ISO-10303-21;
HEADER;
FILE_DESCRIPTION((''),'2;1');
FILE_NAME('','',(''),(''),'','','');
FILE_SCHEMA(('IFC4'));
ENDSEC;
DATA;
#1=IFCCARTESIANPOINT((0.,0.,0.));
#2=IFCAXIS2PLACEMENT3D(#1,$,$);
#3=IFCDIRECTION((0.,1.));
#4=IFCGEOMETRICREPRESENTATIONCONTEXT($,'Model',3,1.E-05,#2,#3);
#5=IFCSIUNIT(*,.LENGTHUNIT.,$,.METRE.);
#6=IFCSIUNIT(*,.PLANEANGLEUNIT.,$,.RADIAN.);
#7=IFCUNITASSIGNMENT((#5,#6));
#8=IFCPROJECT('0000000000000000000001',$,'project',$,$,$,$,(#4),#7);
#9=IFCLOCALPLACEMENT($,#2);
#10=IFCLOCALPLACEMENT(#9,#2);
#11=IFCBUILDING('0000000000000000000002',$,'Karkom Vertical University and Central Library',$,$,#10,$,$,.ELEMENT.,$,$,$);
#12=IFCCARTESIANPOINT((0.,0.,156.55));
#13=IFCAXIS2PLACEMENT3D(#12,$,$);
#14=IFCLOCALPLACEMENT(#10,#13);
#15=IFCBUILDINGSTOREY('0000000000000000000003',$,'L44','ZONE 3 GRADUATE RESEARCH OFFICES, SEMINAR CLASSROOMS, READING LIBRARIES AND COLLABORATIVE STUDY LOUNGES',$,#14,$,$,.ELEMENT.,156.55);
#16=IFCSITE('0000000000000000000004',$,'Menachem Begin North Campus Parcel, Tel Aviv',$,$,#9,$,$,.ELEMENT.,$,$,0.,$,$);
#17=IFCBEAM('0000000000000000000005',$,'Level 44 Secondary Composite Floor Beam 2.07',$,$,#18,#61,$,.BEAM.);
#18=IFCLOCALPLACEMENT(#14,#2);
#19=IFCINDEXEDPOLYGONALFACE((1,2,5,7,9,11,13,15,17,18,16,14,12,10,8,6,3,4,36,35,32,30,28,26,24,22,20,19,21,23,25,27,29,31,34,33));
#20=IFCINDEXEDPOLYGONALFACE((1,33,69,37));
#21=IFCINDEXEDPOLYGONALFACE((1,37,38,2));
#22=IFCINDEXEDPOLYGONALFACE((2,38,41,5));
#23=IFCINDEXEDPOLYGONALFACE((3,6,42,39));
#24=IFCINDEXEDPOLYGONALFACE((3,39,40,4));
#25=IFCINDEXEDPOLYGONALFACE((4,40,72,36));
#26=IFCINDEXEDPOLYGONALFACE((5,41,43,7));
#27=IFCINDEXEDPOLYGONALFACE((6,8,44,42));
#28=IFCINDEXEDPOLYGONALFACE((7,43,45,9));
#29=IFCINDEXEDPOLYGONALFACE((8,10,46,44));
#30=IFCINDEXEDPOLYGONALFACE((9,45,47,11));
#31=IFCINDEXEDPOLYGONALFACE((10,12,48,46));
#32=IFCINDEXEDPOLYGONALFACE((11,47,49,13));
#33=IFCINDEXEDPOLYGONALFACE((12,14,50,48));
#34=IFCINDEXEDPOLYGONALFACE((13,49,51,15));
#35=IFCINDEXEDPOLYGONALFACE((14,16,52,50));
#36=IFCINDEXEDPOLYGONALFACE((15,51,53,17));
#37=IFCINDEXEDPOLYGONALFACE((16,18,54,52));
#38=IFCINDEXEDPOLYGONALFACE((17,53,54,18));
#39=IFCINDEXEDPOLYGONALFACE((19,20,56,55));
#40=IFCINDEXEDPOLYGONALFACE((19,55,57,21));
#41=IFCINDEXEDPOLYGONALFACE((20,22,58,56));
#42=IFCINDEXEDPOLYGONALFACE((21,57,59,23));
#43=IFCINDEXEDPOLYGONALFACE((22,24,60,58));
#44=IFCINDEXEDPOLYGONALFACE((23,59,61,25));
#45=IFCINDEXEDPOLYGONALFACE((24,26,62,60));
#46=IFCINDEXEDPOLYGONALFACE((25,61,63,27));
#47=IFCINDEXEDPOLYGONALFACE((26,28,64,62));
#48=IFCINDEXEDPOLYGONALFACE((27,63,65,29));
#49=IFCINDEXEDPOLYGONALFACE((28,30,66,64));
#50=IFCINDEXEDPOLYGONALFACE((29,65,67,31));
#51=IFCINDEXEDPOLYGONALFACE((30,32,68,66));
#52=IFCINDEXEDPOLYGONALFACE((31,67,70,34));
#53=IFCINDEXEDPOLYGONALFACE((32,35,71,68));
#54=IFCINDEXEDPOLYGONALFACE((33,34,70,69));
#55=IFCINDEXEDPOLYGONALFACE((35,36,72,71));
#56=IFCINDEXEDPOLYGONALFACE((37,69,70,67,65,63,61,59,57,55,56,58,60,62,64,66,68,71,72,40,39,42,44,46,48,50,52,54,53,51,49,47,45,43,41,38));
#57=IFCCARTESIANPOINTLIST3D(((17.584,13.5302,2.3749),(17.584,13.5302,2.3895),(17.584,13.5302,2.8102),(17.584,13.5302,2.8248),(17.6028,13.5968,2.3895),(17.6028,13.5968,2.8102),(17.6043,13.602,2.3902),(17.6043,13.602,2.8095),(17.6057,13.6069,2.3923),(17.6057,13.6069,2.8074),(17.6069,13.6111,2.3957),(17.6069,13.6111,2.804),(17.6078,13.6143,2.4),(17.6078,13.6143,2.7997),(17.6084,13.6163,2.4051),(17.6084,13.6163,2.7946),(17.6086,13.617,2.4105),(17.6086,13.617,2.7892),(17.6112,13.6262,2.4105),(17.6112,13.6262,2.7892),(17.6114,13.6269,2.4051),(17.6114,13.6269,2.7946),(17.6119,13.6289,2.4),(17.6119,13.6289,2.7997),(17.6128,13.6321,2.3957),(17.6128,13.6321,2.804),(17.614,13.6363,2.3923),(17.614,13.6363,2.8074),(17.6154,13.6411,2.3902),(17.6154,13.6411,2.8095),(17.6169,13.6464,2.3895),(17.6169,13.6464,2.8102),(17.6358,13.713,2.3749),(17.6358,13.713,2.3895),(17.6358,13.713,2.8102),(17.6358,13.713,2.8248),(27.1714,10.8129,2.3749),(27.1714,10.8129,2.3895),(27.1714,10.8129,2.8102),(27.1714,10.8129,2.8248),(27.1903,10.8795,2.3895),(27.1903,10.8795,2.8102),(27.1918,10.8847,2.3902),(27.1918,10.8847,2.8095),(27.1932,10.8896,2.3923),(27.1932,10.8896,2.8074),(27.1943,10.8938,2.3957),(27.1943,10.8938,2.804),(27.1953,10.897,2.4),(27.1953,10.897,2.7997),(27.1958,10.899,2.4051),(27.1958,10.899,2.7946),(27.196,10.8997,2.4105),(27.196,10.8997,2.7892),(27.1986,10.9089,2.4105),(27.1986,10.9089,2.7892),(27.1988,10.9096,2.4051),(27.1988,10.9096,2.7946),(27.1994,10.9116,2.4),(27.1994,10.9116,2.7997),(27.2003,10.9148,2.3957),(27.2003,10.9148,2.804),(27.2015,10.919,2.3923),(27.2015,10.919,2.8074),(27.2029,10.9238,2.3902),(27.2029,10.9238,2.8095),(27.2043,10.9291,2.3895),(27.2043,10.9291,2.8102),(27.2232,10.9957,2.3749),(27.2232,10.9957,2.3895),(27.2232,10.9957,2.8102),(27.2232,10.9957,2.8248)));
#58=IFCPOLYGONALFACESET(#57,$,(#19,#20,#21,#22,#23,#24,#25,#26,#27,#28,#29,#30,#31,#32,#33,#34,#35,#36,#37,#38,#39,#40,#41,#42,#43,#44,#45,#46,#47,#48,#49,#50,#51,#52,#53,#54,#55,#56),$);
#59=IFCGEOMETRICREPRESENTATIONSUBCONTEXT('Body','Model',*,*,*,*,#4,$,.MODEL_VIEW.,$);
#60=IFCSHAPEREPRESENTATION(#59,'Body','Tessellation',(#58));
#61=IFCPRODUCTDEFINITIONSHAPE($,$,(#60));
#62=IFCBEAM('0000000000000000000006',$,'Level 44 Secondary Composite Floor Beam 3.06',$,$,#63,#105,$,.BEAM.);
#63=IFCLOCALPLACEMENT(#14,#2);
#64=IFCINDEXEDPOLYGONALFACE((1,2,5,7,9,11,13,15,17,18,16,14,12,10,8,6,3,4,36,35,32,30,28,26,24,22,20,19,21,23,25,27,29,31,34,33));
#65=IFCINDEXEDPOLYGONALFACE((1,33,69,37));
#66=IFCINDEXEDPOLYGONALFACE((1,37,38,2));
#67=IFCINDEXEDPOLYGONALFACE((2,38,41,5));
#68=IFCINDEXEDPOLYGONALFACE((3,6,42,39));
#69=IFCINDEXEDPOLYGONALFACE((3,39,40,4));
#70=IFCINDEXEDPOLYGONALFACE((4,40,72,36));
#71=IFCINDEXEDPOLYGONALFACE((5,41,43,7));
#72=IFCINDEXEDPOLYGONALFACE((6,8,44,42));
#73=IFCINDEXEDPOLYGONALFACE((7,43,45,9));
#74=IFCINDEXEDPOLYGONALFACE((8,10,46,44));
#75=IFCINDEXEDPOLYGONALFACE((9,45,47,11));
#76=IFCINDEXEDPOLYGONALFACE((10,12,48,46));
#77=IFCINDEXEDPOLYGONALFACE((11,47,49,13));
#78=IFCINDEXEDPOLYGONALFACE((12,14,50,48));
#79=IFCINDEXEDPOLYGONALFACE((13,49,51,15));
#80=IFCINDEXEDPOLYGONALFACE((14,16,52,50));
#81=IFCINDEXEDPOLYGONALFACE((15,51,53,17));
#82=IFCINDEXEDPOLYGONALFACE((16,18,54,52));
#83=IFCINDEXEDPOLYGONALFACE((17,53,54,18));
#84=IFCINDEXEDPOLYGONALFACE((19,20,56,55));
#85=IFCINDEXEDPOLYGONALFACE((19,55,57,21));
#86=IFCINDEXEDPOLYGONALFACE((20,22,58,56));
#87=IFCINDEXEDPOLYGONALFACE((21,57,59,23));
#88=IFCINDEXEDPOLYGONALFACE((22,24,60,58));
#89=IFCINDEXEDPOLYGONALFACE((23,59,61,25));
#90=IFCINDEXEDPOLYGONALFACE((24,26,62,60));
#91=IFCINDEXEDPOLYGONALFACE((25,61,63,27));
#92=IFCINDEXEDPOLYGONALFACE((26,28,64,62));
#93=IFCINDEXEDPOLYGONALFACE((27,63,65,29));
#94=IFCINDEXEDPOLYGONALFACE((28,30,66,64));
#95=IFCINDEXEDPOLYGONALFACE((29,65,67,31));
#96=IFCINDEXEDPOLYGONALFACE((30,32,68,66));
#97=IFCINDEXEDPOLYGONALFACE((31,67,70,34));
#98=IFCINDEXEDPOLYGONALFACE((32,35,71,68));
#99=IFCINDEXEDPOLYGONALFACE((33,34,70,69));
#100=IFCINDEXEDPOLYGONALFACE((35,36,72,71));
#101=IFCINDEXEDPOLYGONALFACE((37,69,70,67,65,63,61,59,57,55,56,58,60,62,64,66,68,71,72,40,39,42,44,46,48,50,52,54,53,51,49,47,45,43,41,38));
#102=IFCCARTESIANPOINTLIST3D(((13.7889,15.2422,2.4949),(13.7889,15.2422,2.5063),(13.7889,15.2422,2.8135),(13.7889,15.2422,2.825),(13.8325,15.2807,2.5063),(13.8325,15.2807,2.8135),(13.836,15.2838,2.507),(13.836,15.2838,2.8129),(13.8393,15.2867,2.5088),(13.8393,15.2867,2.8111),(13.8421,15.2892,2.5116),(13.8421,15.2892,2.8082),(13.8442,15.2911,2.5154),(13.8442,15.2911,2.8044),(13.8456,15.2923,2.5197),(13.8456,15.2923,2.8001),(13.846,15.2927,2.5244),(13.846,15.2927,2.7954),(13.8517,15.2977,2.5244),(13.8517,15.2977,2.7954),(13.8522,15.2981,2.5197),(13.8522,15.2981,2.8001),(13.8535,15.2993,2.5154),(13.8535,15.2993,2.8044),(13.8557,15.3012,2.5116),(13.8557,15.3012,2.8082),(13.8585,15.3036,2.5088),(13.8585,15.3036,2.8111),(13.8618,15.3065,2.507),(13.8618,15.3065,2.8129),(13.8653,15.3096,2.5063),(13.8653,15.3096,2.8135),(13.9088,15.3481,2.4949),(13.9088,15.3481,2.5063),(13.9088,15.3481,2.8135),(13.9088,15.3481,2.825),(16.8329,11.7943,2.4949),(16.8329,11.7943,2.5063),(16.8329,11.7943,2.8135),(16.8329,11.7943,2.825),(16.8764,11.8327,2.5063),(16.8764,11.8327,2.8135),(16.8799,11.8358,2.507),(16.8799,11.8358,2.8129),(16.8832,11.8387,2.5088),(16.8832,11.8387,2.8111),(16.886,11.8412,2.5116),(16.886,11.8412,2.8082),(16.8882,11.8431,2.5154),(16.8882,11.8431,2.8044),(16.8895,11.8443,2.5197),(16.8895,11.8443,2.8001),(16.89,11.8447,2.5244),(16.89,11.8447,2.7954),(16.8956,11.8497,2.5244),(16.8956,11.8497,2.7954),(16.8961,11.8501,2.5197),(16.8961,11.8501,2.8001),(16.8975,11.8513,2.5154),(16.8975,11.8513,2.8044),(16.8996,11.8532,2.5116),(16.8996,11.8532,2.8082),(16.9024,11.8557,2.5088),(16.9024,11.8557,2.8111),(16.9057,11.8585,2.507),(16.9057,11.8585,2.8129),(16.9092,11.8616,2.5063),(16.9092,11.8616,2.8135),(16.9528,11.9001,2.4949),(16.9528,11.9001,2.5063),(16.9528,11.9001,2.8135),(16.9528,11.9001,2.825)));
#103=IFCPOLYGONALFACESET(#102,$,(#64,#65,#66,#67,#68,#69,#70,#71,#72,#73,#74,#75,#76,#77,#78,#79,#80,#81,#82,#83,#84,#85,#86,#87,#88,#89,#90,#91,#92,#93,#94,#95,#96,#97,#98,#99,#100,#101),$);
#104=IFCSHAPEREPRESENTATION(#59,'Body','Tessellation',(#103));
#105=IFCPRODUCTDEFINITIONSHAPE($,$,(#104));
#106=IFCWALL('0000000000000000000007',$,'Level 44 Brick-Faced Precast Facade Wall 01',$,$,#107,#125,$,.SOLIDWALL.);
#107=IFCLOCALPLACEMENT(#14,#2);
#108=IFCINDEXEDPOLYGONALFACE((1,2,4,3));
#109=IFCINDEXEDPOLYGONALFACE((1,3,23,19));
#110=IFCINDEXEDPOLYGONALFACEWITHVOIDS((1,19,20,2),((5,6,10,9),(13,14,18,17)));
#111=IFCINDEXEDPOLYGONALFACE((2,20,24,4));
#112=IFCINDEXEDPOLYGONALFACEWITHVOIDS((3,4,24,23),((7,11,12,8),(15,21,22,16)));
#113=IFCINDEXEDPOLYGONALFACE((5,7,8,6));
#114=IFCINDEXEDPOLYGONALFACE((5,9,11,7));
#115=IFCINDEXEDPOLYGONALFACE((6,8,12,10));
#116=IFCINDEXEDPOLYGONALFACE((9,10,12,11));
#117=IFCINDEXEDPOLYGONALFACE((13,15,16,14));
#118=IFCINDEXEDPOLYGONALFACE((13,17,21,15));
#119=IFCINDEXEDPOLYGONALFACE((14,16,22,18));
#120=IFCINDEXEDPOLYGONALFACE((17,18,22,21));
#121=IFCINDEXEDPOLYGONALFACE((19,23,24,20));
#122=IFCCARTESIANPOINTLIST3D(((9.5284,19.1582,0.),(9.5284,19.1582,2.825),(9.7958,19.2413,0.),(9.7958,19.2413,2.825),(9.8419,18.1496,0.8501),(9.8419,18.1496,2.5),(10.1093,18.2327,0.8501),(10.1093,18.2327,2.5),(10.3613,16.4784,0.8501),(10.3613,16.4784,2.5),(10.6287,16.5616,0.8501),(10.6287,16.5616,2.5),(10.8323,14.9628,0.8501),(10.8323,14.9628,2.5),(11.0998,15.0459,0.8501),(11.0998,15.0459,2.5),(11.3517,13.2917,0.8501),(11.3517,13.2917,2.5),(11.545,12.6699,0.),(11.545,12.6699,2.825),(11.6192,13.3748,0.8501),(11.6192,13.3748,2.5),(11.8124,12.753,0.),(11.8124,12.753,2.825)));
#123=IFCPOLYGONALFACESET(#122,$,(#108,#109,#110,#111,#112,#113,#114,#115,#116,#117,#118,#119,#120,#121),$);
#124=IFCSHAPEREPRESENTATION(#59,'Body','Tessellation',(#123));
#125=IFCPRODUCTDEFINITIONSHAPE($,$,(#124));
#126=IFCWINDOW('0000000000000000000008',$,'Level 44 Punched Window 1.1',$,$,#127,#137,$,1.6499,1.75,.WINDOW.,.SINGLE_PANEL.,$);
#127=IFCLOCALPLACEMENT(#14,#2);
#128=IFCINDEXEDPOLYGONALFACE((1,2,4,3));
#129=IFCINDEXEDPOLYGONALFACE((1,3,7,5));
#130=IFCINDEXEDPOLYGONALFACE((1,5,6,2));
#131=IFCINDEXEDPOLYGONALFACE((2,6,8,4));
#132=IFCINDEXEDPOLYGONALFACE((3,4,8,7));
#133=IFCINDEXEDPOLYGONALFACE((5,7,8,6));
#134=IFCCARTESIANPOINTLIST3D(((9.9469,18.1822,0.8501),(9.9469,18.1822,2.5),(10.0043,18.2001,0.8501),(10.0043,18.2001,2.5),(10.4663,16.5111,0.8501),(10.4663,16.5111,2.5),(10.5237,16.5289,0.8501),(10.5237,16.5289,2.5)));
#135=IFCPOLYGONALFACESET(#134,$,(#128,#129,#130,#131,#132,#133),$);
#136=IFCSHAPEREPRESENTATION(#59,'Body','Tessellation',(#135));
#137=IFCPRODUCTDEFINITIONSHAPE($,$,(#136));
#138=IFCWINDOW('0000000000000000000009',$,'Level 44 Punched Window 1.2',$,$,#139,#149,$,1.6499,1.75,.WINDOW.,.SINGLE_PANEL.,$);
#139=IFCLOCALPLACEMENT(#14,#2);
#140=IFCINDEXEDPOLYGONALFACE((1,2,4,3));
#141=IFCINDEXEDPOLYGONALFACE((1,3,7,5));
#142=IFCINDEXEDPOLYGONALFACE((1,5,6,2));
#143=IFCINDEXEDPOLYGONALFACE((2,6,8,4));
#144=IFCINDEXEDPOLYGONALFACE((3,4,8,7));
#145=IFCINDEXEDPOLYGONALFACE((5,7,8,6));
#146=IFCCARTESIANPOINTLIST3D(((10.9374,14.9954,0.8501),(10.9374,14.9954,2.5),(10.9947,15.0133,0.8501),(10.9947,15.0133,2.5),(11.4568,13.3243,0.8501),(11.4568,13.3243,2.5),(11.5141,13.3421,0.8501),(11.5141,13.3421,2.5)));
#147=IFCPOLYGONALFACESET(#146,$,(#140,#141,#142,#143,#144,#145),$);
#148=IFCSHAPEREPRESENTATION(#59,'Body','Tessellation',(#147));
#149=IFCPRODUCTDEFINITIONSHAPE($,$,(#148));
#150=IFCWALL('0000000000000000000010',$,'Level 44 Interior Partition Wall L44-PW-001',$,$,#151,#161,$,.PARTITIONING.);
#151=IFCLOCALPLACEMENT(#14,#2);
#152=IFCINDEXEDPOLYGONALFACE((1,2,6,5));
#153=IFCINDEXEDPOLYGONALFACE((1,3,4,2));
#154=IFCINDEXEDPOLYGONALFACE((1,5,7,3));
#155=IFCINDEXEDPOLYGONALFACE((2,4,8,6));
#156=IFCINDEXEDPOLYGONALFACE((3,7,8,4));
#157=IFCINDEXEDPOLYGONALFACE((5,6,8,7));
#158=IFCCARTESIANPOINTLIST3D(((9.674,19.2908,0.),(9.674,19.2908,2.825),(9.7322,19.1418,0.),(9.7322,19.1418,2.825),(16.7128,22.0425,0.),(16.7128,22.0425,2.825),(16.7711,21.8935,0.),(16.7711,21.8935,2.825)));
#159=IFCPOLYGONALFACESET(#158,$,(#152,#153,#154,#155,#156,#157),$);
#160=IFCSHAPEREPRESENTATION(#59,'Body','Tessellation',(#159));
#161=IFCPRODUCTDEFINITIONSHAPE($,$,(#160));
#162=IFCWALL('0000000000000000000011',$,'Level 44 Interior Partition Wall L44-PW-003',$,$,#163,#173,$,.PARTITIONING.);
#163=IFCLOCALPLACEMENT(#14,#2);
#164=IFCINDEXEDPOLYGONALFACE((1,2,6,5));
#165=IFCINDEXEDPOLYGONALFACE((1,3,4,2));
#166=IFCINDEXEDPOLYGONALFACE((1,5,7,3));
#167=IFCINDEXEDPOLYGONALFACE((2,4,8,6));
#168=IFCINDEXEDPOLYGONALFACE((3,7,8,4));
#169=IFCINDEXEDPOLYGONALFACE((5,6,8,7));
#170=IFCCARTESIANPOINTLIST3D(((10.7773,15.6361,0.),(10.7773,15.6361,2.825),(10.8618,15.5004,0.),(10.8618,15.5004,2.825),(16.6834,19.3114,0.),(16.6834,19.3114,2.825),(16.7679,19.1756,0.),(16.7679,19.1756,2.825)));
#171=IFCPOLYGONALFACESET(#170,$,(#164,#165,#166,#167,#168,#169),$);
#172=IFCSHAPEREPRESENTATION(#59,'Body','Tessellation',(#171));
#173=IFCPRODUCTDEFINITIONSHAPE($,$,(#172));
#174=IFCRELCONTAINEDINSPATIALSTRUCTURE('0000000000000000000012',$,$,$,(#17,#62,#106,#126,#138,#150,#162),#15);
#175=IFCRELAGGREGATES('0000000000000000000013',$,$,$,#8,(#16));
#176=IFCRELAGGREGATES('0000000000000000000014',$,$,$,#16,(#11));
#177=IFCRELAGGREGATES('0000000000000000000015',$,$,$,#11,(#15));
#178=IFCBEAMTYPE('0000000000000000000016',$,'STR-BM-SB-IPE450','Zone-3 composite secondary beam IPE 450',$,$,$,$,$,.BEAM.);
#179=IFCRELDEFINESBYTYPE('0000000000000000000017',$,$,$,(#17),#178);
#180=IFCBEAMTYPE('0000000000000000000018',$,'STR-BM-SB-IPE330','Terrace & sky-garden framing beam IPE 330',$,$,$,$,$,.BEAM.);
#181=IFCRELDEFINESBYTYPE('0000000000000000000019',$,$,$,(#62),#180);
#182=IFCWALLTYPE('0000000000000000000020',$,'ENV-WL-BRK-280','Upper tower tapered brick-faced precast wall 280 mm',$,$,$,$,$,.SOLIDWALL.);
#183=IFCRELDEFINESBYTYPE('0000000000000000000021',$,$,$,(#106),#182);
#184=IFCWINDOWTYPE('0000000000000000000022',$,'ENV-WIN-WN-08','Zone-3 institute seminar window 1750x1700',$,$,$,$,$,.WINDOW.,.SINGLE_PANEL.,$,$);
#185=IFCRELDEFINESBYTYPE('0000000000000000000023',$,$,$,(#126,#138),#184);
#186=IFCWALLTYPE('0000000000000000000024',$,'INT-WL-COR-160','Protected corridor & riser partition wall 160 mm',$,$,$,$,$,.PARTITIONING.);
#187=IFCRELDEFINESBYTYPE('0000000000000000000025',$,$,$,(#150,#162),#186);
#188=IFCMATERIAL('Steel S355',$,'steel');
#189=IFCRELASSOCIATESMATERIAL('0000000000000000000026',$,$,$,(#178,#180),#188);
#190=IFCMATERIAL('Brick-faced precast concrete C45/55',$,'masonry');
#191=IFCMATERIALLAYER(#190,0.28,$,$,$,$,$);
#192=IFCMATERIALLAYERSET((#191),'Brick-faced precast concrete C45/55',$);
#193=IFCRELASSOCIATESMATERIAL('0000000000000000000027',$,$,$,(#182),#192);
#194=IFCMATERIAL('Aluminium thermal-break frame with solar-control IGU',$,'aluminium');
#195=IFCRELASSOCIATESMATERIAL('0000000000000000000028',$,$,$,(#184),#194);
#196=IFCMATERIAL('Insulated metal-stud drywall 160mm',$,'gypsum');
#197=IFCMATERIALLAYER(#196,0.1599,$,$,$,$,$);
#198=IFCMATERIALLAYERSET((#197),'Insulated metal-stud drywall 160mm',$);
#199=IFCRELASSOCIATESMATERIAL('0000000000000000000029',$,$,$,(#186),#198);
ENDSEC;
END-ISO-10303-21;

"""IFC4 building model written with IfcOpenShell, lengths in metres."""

from ifc_helpers import new_model, si_unit, direction, frame, frame_2d, origin, origin_with_axes, origin_2d, place, context, subcontext, project, spatial, rectangle, i_section, extrude, source, transform, mapped, material, layer, layer_set, material_profile, profile_set, type_object, element, fill, save


model = new_model("IFC4")

# Units and contexts
model_context = context("Model", 3, precision=1e-05, world=origin(), true_north=direction((0.0, 1.0)))
body_context = subcontext(model_context, "Body", "Model", "MODEL_VIEW")
ifc_project = project(units=[si_unit("LENGTHUNIT", "METRE"), si_unit("PLANEANGLEUNIT", "RADIAN")], contexts=[model_context])

# Site, building, storey
site_placement = place(None, origin())
site = spatial("IfcSite", under=ifc_project, at=site_placement, Name="Menachem Begin North Campus Parcel, Tel Aviv", CompositionType="ELEMENT", RefElevation=0.0)
building_placement = place(site_placement, origin())
building = spatial("IfcBuilding", under=site, at=building_placement, Name="Karkom Vertical University and Central Library", CompositionType="ELEMENT")
storey_placement = place(building_placement, frame((0.0, 0.0, 156.55)))
storey = spatial("IfcBuildingStorey", under=building, at=storey_placement, Name="L44", Description="ZONE 3 GRADUATE RESEARCH OFFICES, SEMINAR CLASSROOMS, READING LIBRARIES AND COLLABORATIVE STUDY LOUNGES", CompositionType="ELEMENT", Elevation=156.55)

# Beams
ifc_material_1 = material(Name="Steel S355", Category="steel")
ifc_material_profile_1 = material_profile(ifc_material_1, i_section(OverallWidth=0.1899, OverallDepth=0.45, WebThickness=0.0095, FlangeThickness=0.0146, FilletRadius=0.021, at=origin_2d()), Name="IPE 450")
ifc_profile_set_1 = profile_set([ifc_material_profile_1], Name="Steel S355")
beam_type_1 = type_object("IfcBeamType", Name="STR-BM-SB-IPE450", Description="Zone-3 composite secondary beam IPE 450", PredefinedType="BEAM", material=ifc_profile_set_1)
shared_shape_1 = source(origin_with_axes(), body_context, "Body", "SweptSolid", [
    extrude(i_section(OverallWidth=0.1899, OverallDepth=0.45, WebThickness=0.0095, FlangeThickness=0.0146, FilletRadius=0.021, at=origin_2d()), origin(), (0.0, 0.0, 1.0), 9.9651),
])
beam_1_placement = place(storey_placement, frame((17.6099, 13.6216, 2.5999), z_axis=(0.962104, -0.272682, 0.0), x_axis=(0.272682, 0.962104, 0.0)))
element("IfcBeam", 1, at=beam_1_placement, inside=storey, type_object=beam_type_1, Name="Level 44 Secondary Composite Floor Beam 2.07", PredefinedType="BEAM", context=body_context, shape_type="MappedRepresentation", body=[
    mapped(shared_shape_1, transform((0.0, 0.0, 0.0), scale=1.0)),
])
ifc_material_profile_2 = material_profile(ifc_material_1, i_section(OverallWidth=0.1599, OverallDepth=0.3301, WebThickness=0.0076, FlangeThickness=0.0115, FilletRadius=0.0181, at=origin_2d()), Name="IPE 330")
ifc_profile_set_2 = profile_set([ifc_material_profile_2], Name="Steel S355")
beam_type_2 = type_object("IfcBeamType", Name="STR-BM-SB-IPE330", Description="Terrace & sky-garden framing beam IPE 330", PredefinedType="BEAM", material=ifc_profile_set_2)
shared_shape_2 = source(origin_with_axes(), body_context, "Body", "SweptSolid", [
    extrude(i_section(OverallWidth=0.1599, OverallDepth=0.3301, WebThickness=0.0076, FlangeThickness=0.0115, FilletRadius=0.0181, at=origin_2d()), origin(), (0.0, 0.0, 1.0), 4.5994),
])
beam_2_placement = place(storey_placement, frame((13.8489, 15.2952, 2.6599), z_axis=(0.661816, -0.749666, 0.0), x_axis=(0.749666, 0.661816, 0.0)))
element("IfcBeam", 2, at=beam_2_placement, inside=storey, type_object=beam_type_2, Name="Level 44 Secondary Composite Floor Beam 3.06", PredefinedType="BEAM", context=body_context, shape_type="MappedRepresentation", body=[
    mapped(shared_shape_2, transform((0.0, 0.0, 0.0), scale=1.0)),
])

# Wall, openings, windows
ifc_material_2 = material(Name="Brick-faced precast concrete C45/55", Category="masonry")
ifc_layer_1 = layer(ifc_material_2, 0.28)
ifc_layer_set_1 = layer_set([ifc_layer_1], Name="Brick-faced precast concrete C45/55")
wall_type_1 = type_object("IfcWallType", Name="ENV-WL-BRK-280", Description="Upper tower tapered brick-faced precast wall 280 mm", PredefinedType="SOLIDWALL", material=ifc_layer_set_1)
wall_1_placement = place(storey_placement, frame((9.6621, 19.1997, 0.0), z_axis=(0.0, 0.0, 1.0), x_axis=(0.296802, -0.954939, 0.0)))
wall_1 = element("IfcWall", 3, at=wall_1_placement, inside=storey, type_object=wall_type_1, Name="Level 44 Brick-Faced Precast Facade Wall 01", PredefinedType="SOLIDWALL", context=body_context, shape_type="SweptSolid", body=[
    extrude(rectangle(XDim=6.7944, YDim=0.28, at=frame_2d((3.3972, 0.0))), origin(), (0.0, 0.0, 1.0), 2.825),
])
opening_1_placement = place(wall_1_placement, frame((1.0562, 0.0, 0.8501)))
opening_1 = element("IfcOpeningElement", 4, at=opening_1_placement, cuts=wall_1, PredefinedType="OPENING", context=body_context, shape_type="SweptSolid", body=[
    extrude(rectangle(XDim=1.75, YDim=1.6499, at=frame_2d((0.875, 0.825))), frame((0.0, 0.1499, 0.0), z_axis=(0.0, -1.0, 0.0), x_axis=(1.0, 0.0, 0.0)), (0.0, 0.0, 1.0), 0.3),
])
opening_2_placement = place(wall_1_placement, frame((4.3933, 0.0, 0.8501)))
opening_2 = element("IfcOpeningElement", 5, at=opening_2_placement, cuts=wall_1, PredefinedType="OPENING", context=body_context, shape_type="SweptSolid", body=[
    extrude(rectangle(XDim=1.75, YDim=1.6499, at=frame_2d((0.875, 0.825))), frame((0.0, 0.1499, 0.0), z_axis=(0.0, -1.0, 0.0), x_axis=(1.0, 0.0, 0.0)), (0.0, 0.0, 1.0), 0.3),
])
ifc_material_3 = material(Name="Aluminium thermal-break frame with solar-control IGU", Category="aluminium")
window_type = type_object("IfcWindowType", Name="ENV-WIN-WN-08", Description="Zone-3 institute seminar window 1750x1700", PartitioningType="SINGLE_PANEL", PredefinedType="WINDOW", material=ifc_material_3)
shared_shape_3 = source(origin_with_axes(), body_context, "Body", "SweptSolid", [
    extrude(rectangle(XDim=1.75, YDim=1.6499, at=frame_2d((0.875, 0.825))), frame((0.0, 0.03, 0.0), z_axis=(0.0, -1.0, 0.0), x_axis=(1.0, 0.0, 0.0)), (0.0, 0.0, 1.0), 0.0601),
])
window_1_placement = place(opening_1_placement, origin())
window_1 = element("IfcWindow", 6, at=window_1_placement, inside=storey, type_object=window_type, Name="Level 44 Punched Window 1.1", OverallHeight=1.6499, OverallWidth=1.75, PartitioningType="SINGLE_PANEL", PredefinedType="WINDOW", context=body_context, shape_type="MappedRepresentation", body=[
    mapped(shared_shape_3, transform((0.0, 0.0, 0.0), scale=1.0)),
])
fill(opening_1, window_1)
window_2_placement = place(opening_2_placement, origin())
window_2 = element("IfcWindow", 7, at=window_2_placement, inside=storey, type_object=window_type, Name="Level 44 Punched Window 1.2", OverallHeight=1.6499, OverallWidth=1.75, PartitioningType="SINGLE_PANEL", PredefinedType="WINDOW", context=body_context, shape_type="MappedRepresentation", body=[
    mapped(shared_shape_3, transform((0.0, 0.0, 0.0), scale=1.0)),
])
fill(opening_2, window_2)

# Shared definitions
ifc_material_4 = material(Name="Insulated metal-stud drywall 160mm", Category="gypsum")
ifc_layer_2 = layer(ifc_material_4, 0.1599)
ifc_layer_set_2 = layer_set([ifc_layer_2], Name="Insulated metal-stud drywall 160mm")
wall_type_2 = type_object("IfcWallType", Name="INT-WL-COR-160", Description="Protected corridor & riser partition wall 160 mm", PredefinedType="PARTITIONING", material=ifc_layer_set_2)

# Walls
wall_2_placement = place(storey_placement, frame((16.7419, 21.968, 0.0), z_axis=(0.0, 0.0, 1.0), x_axis=(-0.93136, -0.3641, 0.0)))
element("IfcWall", 8, at=wall_2_placement, inside=storey, type_object=wall_type_2, Name="Level 44 Interior Partition Wall L44-PW-001", PredefinedType="PARTITIONING", context=body_context, shape_type="SweptSolid", body=[
    extrude(rectangle(XDim=7.5576, YDim=0.1599, at=frame_2d((3.7788, 0.0))), origin(), (0.0, 0.0, 1.0), 2.825),
])
wall_3_placement = place(storey_placement, frame((16.7256, 19.2434, 0.0), z_axis=(0.0, 0.0, 1.0), x_axis=(-0.849038, -0.528332, 0.0)))
element("IfcWall", 9, at=wall_3_placement, inside=storey, type_object=wall_type_2, Name="Level 44 Interior Partition Wall L44-PW-003", PredefinedType="PARTITIONING", context=body_context, shape_type="SweptSolid", body=[
    extrude(rectangle(XDim=6.9563, YDim=0.1599, at=frame_2d((3.478, 0.0))), origin(), (0.0, 0.0, 1.0), 2.825),
])

save(model, "model.ifc")
